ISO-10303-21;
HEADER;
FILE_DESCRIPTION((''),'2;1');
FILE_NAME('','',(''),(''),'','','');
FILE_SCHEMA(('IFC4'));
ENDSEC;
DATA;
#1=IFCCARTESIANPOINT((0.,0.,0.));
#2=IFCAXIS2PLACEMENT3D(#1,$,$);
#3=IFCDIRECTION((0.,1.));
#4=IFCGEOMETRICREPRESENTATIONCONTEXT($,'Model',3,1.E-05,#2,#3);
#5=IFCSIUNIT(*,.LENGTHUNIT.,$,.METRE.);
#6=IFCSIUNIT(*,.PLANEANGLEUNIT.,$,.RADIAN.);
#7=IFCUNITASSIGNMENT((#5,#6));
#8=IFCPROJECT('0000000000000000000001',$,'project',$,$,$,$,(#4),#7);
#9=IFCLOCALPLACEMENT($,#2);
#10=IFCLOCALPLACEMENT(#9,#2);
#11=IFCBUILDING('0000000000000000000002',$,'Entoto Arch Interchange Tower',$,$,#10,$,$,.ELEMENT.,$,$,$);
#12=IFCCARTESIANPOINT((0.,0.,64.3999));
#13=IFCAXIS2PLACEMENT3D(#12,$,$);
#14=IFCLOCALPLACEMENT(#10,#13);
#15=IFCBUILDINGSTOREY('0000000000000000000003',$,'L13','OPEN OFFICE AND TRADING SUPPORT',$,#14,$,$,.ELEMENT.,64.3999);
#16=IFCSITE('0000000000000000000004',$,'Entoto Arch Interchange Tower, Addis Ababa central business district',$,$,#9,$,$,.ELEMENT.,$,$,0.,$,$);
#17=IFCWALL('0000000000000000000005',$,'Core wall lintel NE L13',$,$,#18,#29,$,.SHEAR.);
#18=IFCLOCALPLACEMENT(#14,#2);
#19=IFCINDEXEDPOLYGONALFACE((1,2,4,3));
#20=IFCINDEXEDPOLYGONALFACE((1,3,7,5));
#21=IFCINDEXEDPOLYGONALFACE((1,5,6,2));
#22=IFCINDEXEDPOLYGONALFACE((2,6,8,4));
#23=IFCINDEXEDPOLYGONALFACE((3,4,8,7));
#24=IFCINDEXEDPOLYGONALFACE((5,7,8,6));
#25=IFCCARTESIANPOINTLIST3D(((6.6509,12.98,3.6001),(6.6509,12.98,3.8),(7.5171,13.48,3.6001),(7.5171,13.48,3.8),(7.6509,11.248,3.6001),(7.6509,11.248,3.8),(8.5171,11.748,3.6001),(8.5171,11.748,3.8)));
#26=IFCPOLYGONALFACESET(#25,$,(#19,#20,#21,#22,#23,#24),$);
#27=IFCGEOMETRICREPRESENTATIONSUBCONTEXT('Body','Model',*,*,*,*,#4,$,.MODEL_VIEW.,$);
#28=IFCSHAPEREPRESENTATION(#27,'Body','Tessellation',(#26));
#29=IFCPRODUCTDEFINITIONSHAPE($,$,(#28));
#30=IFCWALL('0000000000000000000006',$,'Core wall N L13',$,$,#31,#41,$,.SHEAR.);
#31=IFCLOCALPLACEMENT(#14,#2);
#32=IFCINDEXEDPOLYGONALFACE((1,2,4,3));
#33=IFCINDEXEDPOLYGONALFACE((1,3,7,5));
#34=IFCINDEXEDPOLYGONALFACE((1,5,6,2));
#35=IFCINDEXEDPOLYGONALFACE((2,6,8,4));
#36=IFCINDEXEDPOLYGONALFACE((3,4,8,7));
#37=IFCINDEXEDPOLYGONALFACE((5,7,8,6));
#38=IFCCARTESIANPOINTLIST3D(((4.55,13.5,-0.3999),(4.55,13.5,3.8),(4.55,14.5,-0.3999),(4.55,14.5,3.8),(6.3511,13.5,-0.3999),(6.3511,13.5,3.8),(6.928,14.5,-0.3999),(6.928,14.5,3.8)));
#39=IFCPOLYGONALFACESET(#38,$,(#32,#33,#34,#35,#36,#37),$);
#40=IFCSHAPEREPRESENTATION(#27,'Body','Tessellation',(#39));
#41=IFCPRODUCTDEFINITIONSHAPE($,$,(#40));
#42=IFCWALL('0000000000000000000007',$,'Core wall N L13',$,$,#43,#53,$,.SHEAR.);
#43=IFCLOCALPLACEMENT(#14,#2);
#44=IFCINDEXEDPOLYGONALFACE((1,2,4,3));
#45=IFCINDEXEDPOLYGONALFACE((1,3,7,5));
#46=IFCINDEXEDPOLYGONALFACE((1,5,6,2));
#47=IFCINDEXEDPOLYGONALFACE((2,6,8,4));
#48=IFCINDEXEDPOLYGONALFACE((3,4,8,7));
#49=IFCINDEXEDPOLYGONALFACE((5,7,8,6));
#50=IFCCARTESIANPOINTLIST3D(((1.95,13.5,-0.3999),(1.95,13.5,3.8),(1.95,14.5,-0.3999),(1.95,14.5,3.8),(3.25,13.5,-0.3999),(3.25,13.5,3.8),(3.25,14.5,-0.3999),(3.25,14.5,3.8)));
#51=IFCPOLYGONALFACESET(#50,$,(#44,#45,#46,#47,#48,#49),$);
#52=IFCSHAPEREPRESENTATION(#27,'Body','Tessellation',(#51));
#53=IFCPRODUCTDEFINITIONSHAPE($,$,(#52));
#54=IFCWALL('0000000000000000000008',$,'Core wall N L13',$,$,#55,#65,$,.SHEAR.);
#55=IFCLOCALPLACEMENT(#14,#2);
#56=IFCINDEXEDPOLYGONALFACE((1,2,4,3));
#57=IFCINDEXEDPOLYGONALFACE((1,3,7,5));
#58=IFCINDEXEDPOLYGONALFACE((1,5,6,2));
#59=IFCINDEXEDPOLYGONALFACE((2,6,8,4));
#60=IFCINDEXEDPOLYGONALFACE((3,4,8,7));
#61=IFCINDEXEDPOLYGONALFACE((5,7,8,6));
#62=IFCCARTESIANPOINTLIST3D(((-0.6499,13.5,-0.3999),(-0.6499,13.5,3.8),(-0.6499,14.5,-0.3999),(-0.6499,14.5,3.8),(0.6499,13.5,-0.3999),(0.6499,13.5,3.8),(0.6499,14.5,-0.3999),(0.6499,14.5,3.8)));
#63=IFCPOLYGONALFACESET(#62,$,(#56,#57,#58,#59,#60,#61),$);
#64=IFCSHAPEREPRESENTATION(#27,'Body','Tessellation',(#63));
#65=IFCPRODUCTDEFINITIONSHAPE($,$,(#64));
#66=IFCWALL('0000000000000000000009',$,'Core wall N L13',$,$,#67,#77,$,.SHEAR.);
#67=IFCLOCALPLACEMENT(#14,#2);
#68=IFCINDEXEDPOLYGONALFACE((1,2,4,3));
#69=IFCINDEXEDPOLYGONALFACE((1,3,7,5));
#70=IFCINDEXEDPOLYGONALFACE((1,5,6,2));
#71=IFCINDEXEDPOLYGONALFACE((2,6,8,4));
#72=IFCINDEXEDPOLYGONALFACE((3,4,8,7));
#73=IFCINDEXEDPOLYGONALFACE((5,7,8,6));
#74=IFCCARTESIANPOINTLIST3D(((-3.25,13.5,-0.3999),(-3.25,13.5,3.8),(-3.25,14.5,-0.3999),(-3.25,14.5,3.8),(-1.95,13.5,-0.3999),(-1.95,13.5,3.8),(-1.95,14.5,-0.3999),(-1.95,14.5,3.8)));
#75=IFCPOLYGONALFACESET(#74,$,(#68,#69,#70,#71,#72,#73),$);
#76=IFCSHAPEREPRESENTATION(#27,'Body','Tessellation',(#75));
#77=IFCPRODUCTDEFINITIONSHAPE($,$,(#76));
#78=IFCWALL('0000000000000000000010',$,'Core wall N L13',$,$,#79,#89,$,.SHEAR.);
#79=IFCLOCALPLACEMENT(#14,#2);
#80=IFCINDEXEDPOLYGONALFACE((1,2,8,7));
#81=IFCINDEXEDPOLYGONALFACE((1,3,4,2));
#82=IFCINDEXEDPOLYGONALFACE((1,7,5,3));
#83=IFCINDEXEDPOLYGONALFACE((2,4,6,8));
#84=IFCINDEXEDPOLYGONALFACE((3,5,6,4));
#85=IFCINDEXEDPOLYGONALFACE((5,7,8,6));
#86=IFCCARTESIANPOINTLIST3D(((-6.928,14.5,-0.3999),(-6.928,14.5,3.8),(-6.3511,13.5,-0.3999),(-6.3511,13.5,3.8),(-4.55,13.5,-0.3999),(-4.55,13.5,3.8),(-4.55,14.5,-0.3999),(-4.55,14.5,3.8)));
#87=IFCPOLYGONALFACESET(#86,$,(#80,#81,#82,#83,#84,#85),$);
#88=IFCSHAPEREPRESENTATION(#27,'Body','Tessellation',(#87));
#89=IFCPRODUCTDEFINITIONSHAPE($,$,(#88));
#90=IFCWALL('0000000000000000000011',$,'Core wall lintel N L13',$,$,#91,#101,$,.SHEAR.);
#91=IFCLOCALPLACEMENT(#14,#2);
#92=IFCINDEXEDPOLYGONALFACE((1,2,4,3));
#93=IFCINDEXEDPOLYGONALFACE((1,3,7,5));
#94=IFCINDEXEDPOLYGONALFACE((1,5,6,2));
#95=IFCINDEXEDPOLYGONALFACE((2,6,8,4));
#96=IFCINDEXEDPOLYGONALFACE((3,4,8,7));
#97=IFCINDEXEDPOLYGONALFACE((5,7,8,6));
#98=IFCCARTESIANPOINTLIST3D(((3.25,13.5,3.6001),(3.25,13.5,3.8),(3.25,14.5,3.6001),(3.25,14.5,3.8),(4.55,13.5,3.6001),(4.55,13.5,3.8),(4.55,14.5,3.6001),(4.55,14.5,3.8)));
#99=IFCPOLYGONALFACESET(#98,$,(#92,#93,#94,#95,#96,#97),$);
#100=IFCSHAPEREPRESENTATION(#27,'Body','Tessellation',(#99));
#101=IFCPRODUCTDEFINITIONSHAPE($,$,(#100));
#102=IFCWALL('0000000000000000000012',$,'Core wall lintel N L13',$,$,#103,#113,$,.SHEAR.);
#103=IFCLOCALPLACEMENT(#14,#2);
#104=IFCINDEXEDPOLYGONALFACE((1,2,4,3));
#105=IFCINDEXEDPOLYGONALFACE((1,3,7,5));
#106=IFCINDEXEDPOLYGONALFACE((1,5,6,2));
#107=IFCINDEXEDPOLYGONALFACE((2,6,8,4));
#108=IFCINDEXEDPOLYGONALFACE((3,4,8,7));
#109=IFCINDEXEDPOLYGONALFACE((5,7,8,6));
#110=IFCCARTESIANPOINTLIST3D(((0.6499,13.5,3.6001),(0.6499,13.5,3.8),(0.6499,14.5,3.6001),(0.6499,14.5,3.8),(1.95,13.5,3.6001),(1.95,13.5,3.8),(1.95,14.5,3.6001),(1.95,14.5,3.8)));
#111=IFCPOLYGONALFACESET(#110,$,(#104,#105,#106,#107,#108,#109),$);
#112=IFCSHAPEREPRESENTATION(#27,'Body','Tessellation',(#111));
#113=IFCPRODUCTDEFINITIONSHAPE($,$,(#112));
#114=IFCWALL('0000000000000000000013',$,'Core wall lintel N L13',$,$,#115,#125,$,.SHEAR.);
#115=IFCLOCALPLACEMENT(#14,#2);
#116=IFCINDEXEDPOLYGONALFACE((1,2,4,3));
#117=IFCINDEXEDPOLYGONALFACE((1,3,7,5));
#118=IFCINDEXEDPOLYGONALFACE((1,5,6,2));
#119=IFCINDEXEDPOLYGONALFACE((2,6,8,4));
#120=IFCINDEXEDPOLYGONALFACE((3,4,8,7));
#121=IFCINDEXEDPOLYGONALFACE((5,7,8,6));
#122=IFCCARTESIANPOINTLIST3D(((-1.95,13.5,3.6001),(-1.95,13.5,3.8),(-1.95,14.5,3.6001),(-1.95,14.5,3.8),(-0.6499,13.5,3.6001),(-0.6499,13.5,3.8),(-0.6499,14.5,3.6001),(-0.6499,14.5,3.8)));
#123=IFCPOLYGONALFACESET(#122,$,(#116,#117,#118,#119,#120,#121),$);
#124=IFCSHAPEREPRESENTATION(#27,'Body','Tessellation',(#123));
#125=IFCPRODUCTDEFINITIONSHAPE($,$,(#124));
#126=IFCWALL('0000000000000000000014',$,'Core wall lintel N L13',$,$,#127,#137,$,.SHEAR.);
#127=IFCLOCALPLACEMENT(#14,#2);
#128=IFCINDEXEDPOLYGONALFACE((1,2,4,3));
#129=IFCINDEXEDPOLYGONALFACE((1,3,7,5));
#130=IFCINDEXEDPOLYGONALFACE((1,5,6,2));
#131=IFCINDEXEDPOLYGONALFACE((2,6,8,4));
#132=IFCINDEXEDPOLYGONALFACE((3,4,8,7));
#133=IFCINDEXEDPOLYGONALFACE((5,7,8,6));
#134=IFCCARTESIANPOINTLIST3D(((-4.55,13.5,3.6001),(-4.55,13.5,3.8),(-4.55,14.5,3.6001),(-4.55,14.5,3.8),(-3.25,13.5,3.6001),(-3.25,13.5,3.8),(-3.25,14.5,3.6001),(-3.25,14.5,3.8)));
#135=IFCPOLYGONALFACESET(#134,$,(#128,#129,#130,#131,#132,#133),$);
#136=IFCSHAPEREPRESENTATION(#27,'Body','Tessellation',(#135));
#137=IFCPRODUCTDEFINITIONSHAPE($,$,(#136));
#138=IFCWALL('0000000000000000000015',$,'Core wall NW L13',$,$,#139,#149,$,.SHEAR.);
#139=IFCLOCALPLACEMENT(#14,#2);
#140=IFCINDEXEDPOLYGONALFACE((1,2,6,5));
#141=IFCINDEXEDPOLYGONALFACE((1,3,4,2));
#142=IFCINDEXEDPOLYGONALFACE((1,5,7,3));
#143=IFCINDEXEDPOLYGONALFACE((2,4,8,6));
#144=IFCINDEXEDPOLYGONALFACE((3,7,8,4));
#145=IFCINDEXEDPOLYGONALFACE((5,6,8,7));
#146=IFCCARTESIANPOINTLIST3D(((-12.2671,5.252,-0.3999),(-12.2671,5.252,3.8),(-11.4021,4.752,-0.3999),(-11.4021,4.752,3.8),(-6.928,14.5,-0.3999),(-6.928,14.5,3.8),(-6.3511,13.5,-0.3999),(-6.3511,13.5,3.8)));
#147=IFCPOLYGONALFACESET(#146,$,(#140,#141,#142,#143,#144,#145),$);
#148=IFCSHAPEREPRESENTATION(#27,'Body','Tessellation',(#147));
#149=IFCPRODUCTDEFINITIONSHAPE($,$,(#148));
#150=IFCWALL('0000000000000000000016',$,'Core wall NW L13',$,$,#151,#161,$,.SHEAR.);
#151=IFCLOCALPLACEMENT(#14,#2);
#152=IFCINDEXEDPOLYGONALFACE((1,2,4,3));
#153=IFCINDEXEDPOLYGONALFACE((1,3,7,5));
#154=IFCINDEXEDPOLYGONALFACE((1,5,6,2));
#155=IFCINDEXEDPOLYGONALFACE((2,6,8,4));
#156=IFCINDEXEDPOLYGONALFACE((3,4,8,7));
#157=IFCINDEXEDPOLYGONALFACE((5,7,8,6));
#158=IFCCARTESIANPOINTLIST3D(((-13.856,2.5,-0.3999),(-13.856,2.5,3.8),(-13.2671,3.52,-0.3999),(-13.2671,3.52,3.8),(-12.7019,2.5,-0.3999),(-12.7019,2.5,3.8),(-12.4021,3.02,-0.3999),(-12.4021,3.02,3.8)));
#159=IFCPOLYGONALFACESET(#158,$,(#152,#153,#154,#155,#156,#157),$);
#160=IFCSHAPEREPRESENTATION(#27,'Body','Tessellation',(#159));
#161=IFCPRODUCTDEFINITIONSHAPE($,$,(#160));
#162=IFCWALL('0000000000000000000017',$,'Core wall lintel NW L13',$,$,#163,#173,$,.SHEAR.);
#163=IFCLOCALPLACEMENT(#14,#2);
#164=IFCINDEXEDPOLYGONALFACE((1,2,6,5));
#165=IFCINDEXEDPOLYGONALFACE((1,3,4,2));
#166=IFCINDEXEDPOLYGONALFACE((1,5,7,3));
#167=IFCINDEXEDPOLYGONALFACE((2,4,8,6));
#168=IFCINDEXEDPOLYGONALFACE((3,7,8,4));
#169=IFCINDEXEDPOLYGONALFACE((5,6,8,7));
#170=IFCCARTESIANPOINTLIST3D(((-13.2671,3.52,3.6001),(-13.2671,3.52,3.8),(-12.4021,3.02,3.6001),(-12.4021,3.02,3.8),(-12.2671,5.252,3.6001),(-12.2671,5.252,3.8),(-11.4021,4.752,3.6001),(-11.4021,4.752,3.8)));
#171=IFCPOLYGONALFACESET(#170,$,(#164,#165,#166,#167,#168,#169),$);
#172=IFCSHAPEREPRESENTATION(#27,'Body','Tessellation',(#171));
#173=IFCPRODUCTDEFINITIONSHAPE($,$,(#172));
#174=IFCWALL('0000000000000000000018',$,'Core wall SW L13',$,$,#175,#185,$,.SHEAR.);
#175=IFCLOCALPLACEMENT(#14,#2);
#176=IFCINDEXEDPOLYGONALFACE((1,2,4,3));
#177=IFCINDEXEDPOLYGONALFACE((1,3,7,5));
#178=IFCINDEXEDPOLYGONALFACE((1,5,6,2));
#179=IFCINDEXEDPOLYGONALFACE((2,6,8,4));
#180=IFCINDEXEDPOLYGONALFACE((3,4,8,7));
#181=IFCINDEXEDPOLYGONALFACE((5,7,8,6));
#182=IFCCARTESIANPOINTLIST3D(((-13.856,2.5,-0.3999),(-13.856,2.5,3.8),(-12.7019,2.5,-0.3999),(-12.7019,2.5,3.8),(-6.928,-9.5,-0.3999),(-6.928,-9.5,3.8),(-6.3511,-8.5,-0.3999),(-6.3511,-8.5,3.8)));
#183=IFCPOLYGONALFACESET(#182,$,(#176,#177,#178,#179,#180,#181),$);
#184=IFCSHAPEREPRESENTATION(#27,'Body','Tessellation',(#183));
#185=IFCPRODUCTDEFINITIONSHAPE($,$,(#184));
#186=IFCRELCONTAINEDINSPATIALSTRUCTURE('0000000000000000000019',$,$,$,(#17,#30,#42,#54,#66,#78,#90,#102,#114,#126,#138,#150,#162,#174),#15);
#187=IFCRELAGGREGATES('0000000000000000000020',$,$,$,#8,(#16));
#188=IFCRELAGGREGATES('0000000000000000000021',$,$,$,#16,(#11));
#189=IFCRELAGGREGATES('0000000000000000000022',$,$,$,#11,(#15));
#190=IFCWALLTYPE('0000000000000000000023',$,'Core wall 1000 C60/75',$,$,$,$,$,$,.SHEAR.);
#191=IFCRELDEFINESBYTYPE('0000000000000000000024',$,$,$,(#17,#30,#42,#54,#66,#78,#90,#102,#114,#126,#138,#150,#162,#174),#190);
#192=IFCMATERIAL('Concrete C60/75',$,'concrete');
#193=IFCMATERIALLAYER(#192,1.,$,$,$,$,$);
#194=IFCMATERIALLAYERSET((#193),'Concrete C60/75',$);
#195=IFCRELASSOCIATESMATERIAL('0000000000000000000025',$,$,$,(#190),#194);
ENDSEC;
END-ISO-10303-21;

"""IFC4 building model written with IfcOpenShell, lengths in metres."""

from ifc_helpers import new_model, si_unit, direction, frame, origin, place, context, subcontext, project, spatial, polyline, outline, extrude, material, layer, layer_set, type_object, element, save


model = new_model("IFC4")

# Units and contexts
model_context = context("Model", 3, precision=1e-05, world=origin(), true_north=direction((0.0, 1.0)))
body_context = subcontext(model_context, "Body", "Model", "MODEL_VIEW")
ifc_project = project(units=[si_unit("LENGTHUNIT", "METRE"), si_unit("PLANEANGLEUNIT", "RADIAN")], contexts=[model_context])

# Site, building, storey
site_placement = place(None, origin())
site = spatial("IfcSite", under=ifc_project, at=site_placement, Name="Entoto Arch Interchange Tower, Addis Ababa central business district", CompositionType="ELEMENT", RefElevation=0.0)
building_placement = place(site_placement, origin())
building = spatial("IfcBuilding", under=site, at=building_placement, Name="Entoto Arch Interchange Tower", CompositionType="ELEMENT")
storey_placement = place(building_placement, frame((0.0, 0.0, 64.3999)))
storey = spatial("IfcBuildingStorey", under=building, at=storey_placement, Name="L13", Description="OPEN OFFICE AND TRADING SUPPORT", CompositionType="ELEMENT", Elevation=64.3999)

# Walls
ifc_material_1 = material(Name="Concrete C60/75", Category="concrete")
ifc_layer_1 = layer(ifc_material_1, 1.0)
ifc_layer_set_1 = layer_set([ifc_layer_1], Name="Concrete C60/75")
wall_type_1 = type_object("IfcWallType", Name="Core wall 1000 C60/75", PredefinedType="SHEAR", material=ifc_layer_set_1)
wall_1_placement = place(storey_placement, frame((0.0, 0.0, 3.6001)))
element("IfcWall", 1, at=wall_1_placement, inside=storey, type_object=wall_type_1, Name="Core wall lintel NE L13", PredefinedType="SHEAR", context=body_context, shape_type="SweptSolid", body=[
    extrude(outline(polyline([(7.5171, 13.48), (6.6509, 12.98), (7.6509, 11.248), (8.5171, 11.748), (7.5171, 13.48)])), origin(), (0.0, 0.0, 1.0), 0.2),
])
wall_2_placement = place(storey_placement, frame((0.0, 0.0, -0.3999)))
element("IfcWall", 2, at=wall_2_placement, inside=storey, type_object=wall_type_1, Name="Core wall N L13", PredefinedType="SHEAR", context=body_context, shape_type="SweptSolid", body=[
    extrude(outline(polyline([(4.55, 14.5), (4.55, 13.5), (6.3511, 13.5), (6.928, 14.5), (4.55, 14.5)])), origin(), (0.0, 0.0, 1.0), 4.2),
])
wall_3_placement = place(storey_placement, frame((0.0, 0.0, -0.3999)))
element("IfcWall", 3, at=wall_3_placement, inside=storey, type_object=wall_type_1, Name="Core wall N L13", PredefinedType="SHEAR", context=body_context, shape_type="SweptSolid", body=[
    extrude(outline(polyline([(1.95, 14.5), (1.95, 13.5), (3.25, 13.5), (3.25, 14.5), (1.95, 14.5)])), origin(), (0.0, 0.0, 1.0), 4.2),
])
wall_4_placement = place(storey_placement, frame((0.0, 0.0, -0.3999)))
element("IfcWall", 4, at=wall_4_placement, inside=storey, type_object=wall_type_1, Name="Core wall N L13", PredefinedType="SHEAR", context=body_context, shape_type="SweptSolid", body=[
    extrude(outline(polyline([(-0.6499, 14.5), (-0.6499, 13.5), (0.6499, 13.5), (0.6499, 14.5), (-0.6499, 14.5)])), origin(), (0.0, 0.0, 1.0), 4.2),
])
wall_5_placement = place(storey_placement, frame((0.0, 0.0, -0.3999)))
element("IfcWall", 5, at=wall_5_placement, inside=storey, type_object=wall_type_1, Name="Core wall N L13", PredefinedType="SHEAR", context=body_context, shape_type="SweptSolid", body=[
    extrude(outline(polyline([(-3.25, 14.5), (-3.25, 13.5), (-1.95, 13.5), (-1.95, 14.5), (-3.25, 14.5)])), origin(), (0.0, 0.0, 1.0), 4.2),
])
wall_6_placement = place(storey_placement, frame((0.0, 0.0, -0.3999)))
element("IfcWall", 6, at=wall_6_placement, inside=storey, type_object=wall_type_1, Name="Core wall N L13", PredefinedType="SHEAR", context=body_context, shape_type="SweptSolid", body=[
    extrude(outline(polyline([(-4.55, 13.5), (-4.55, 14.5), (-6.928, 14.5), (-6.3511, 13.5), (-4.55, 13.5)])), origin(), (0.0, 0.0, 1.0), 4.2),
])
wall_7_placement = place(storey_placement, frame((0.0, 0.0, 3.6001)))
element("IfcWall", 7, at=wall_7_placement, inside=storey, type_object=wall_type_1, Name="Core wall lintel N L13", PredefinedType="SHEAR", context=body_context, shape_type="SweptSolid", body=[
    extrude(outline(polyline([(3.25, 14.5), (3.25, 13.5), (4.55, 13.5), (4.55, 14.5), (3.25, 14.5)])), origin(), (0.0, 0.0, 1.0), 0.2),
])
wall_8_placement = place(storey_placement, frame((0.0, 0.0, 3.6001)))
element("IfcWall", 8, at=wall_8_placement, inside=storey, type_object=wall_type_1, Name="Core wall lintel N L13", PredefinedType="SHEAR", context=body_context, shape_type="SweptSolid", body=[
    extrude(outline(polyline([(0.6499, 14.5), (0.6499, 13.5), (1.95, 13.5), (1.95, 14.5), (0.6499, 14.5)])), origin(), (0.0, 0.0, 1.0), 0.2),
])
wall_9_placement = place(storey_placement, frame((0.0, 0.0, 3.6001)))
element("IfcWall", 9, at=wall_9_placement, inside=storey, type_object=wall_type_1, Name="Core wall lintel N L13", PredefinedType="SHEAR", context=body_context, shape_type="SweptSolid", body=[
    extrude(outline(polyline([(-1.95, 14.5), (-1.95, 13.5), (-0.6499, 13.5), (-0.6499, 14.5), (-1.95, 14.5)])), origin(), (0.0, 0.0, 1.0), 0.2),
])
wall_10_placement = place(storey_placement, frame((0.0, 0.0, 3.6001)))
element("IfcWall", 10, at=wall_10_placement, inside=storey, type_object=wall_type_1, Name="Core wall lintel N L13", PredefinedType="SHEAR", context=body_context, shape_type="SweptSolid", body=[
    extrude(outline(polyline([(-4.55, 14.5), (-4.55, 13.5), (-3.25, 13.5), (-3.25, 14.5), (-4.55, 14.5)])), origin(), (0.0, 0.0, 1.0), 0.2),
])
wall_11_placement = place(storey_placement, frame((0.0, 0.0, -0.3999)))
element("IfcWall", 11, at=wall_11_placement, inside=storey, type_object=wall_type_1, Name="Core wall NW L13", PredefinedType="SHEAR", context=body_context, shape_type="SweptSolid", body=[
    extrude(outline(polyline([(-12.2671, 5.252), (-11.4021, 4.752), (-6.3511, 13.5), (-6.928, 14.5), (-12.2671, 5.252)])), origin(), (0.0, 0.0, 1.0), 4.2),
])
wall_12_placement = place(storey_placement, frame((0.0, 0.0, -0.3999)))
element("IfcWall", 12, at=wall_12_placement, inside=storey, type_object=wall_type_1, Name="Core wall NW L13", PredefinedType="SHEAR", context=body_context, shape_type="SweptSolid", body=[
    extrude(outline(polyline([(-12.4021, 3.02), (-13.2671, 3.52), (-13.856, 2.5), (-12.7019, 2.5), (-12.4021, 3.02)])), origin(), (0.0, 0.0, 1.0), 4.2),
])
wall_13_placement = place(storey_placement, frame((0.0, 0.0, 3.6001)))
element("IfcWall", 13, at=wall_13_placement, inside=storey, type_object=wall_type_1, Name="Core wall lintel NW L13", PredefinedType="SHEAR", context=body_context, shape_type="SweptSolid", body=[
    extrude(outline(polyline([(-13.2671, 3.52), (-12.4021, 3.02), (-11.4021, 4.752), (-12.2671, 5.252), (-13.2671, 3.52)])), origin(), (0.0, 0.0, 1.0), 0.2),
])
wall_14_placement = place(storey_placement, frame((0.0, 0.0, -0.3999)))
element("IfcWall", 14, at=wall_14_placement, inside=storey, type_object=wall_type_1, Name="Core wall SW L13", PredefinedType="SHEAR", context=body_context, shape_type="SweptSolid", body=[
    extrude(outline(polyline([(-13.856, 2.5), (-6.928, -9.5), (-6.3511, -8.5), (-12.7019, 2.5), (-13.856, 2.5)])), origin(), (0.0, 0.0, 1.0), 4.2),
])

save(model, "model.ifc")
